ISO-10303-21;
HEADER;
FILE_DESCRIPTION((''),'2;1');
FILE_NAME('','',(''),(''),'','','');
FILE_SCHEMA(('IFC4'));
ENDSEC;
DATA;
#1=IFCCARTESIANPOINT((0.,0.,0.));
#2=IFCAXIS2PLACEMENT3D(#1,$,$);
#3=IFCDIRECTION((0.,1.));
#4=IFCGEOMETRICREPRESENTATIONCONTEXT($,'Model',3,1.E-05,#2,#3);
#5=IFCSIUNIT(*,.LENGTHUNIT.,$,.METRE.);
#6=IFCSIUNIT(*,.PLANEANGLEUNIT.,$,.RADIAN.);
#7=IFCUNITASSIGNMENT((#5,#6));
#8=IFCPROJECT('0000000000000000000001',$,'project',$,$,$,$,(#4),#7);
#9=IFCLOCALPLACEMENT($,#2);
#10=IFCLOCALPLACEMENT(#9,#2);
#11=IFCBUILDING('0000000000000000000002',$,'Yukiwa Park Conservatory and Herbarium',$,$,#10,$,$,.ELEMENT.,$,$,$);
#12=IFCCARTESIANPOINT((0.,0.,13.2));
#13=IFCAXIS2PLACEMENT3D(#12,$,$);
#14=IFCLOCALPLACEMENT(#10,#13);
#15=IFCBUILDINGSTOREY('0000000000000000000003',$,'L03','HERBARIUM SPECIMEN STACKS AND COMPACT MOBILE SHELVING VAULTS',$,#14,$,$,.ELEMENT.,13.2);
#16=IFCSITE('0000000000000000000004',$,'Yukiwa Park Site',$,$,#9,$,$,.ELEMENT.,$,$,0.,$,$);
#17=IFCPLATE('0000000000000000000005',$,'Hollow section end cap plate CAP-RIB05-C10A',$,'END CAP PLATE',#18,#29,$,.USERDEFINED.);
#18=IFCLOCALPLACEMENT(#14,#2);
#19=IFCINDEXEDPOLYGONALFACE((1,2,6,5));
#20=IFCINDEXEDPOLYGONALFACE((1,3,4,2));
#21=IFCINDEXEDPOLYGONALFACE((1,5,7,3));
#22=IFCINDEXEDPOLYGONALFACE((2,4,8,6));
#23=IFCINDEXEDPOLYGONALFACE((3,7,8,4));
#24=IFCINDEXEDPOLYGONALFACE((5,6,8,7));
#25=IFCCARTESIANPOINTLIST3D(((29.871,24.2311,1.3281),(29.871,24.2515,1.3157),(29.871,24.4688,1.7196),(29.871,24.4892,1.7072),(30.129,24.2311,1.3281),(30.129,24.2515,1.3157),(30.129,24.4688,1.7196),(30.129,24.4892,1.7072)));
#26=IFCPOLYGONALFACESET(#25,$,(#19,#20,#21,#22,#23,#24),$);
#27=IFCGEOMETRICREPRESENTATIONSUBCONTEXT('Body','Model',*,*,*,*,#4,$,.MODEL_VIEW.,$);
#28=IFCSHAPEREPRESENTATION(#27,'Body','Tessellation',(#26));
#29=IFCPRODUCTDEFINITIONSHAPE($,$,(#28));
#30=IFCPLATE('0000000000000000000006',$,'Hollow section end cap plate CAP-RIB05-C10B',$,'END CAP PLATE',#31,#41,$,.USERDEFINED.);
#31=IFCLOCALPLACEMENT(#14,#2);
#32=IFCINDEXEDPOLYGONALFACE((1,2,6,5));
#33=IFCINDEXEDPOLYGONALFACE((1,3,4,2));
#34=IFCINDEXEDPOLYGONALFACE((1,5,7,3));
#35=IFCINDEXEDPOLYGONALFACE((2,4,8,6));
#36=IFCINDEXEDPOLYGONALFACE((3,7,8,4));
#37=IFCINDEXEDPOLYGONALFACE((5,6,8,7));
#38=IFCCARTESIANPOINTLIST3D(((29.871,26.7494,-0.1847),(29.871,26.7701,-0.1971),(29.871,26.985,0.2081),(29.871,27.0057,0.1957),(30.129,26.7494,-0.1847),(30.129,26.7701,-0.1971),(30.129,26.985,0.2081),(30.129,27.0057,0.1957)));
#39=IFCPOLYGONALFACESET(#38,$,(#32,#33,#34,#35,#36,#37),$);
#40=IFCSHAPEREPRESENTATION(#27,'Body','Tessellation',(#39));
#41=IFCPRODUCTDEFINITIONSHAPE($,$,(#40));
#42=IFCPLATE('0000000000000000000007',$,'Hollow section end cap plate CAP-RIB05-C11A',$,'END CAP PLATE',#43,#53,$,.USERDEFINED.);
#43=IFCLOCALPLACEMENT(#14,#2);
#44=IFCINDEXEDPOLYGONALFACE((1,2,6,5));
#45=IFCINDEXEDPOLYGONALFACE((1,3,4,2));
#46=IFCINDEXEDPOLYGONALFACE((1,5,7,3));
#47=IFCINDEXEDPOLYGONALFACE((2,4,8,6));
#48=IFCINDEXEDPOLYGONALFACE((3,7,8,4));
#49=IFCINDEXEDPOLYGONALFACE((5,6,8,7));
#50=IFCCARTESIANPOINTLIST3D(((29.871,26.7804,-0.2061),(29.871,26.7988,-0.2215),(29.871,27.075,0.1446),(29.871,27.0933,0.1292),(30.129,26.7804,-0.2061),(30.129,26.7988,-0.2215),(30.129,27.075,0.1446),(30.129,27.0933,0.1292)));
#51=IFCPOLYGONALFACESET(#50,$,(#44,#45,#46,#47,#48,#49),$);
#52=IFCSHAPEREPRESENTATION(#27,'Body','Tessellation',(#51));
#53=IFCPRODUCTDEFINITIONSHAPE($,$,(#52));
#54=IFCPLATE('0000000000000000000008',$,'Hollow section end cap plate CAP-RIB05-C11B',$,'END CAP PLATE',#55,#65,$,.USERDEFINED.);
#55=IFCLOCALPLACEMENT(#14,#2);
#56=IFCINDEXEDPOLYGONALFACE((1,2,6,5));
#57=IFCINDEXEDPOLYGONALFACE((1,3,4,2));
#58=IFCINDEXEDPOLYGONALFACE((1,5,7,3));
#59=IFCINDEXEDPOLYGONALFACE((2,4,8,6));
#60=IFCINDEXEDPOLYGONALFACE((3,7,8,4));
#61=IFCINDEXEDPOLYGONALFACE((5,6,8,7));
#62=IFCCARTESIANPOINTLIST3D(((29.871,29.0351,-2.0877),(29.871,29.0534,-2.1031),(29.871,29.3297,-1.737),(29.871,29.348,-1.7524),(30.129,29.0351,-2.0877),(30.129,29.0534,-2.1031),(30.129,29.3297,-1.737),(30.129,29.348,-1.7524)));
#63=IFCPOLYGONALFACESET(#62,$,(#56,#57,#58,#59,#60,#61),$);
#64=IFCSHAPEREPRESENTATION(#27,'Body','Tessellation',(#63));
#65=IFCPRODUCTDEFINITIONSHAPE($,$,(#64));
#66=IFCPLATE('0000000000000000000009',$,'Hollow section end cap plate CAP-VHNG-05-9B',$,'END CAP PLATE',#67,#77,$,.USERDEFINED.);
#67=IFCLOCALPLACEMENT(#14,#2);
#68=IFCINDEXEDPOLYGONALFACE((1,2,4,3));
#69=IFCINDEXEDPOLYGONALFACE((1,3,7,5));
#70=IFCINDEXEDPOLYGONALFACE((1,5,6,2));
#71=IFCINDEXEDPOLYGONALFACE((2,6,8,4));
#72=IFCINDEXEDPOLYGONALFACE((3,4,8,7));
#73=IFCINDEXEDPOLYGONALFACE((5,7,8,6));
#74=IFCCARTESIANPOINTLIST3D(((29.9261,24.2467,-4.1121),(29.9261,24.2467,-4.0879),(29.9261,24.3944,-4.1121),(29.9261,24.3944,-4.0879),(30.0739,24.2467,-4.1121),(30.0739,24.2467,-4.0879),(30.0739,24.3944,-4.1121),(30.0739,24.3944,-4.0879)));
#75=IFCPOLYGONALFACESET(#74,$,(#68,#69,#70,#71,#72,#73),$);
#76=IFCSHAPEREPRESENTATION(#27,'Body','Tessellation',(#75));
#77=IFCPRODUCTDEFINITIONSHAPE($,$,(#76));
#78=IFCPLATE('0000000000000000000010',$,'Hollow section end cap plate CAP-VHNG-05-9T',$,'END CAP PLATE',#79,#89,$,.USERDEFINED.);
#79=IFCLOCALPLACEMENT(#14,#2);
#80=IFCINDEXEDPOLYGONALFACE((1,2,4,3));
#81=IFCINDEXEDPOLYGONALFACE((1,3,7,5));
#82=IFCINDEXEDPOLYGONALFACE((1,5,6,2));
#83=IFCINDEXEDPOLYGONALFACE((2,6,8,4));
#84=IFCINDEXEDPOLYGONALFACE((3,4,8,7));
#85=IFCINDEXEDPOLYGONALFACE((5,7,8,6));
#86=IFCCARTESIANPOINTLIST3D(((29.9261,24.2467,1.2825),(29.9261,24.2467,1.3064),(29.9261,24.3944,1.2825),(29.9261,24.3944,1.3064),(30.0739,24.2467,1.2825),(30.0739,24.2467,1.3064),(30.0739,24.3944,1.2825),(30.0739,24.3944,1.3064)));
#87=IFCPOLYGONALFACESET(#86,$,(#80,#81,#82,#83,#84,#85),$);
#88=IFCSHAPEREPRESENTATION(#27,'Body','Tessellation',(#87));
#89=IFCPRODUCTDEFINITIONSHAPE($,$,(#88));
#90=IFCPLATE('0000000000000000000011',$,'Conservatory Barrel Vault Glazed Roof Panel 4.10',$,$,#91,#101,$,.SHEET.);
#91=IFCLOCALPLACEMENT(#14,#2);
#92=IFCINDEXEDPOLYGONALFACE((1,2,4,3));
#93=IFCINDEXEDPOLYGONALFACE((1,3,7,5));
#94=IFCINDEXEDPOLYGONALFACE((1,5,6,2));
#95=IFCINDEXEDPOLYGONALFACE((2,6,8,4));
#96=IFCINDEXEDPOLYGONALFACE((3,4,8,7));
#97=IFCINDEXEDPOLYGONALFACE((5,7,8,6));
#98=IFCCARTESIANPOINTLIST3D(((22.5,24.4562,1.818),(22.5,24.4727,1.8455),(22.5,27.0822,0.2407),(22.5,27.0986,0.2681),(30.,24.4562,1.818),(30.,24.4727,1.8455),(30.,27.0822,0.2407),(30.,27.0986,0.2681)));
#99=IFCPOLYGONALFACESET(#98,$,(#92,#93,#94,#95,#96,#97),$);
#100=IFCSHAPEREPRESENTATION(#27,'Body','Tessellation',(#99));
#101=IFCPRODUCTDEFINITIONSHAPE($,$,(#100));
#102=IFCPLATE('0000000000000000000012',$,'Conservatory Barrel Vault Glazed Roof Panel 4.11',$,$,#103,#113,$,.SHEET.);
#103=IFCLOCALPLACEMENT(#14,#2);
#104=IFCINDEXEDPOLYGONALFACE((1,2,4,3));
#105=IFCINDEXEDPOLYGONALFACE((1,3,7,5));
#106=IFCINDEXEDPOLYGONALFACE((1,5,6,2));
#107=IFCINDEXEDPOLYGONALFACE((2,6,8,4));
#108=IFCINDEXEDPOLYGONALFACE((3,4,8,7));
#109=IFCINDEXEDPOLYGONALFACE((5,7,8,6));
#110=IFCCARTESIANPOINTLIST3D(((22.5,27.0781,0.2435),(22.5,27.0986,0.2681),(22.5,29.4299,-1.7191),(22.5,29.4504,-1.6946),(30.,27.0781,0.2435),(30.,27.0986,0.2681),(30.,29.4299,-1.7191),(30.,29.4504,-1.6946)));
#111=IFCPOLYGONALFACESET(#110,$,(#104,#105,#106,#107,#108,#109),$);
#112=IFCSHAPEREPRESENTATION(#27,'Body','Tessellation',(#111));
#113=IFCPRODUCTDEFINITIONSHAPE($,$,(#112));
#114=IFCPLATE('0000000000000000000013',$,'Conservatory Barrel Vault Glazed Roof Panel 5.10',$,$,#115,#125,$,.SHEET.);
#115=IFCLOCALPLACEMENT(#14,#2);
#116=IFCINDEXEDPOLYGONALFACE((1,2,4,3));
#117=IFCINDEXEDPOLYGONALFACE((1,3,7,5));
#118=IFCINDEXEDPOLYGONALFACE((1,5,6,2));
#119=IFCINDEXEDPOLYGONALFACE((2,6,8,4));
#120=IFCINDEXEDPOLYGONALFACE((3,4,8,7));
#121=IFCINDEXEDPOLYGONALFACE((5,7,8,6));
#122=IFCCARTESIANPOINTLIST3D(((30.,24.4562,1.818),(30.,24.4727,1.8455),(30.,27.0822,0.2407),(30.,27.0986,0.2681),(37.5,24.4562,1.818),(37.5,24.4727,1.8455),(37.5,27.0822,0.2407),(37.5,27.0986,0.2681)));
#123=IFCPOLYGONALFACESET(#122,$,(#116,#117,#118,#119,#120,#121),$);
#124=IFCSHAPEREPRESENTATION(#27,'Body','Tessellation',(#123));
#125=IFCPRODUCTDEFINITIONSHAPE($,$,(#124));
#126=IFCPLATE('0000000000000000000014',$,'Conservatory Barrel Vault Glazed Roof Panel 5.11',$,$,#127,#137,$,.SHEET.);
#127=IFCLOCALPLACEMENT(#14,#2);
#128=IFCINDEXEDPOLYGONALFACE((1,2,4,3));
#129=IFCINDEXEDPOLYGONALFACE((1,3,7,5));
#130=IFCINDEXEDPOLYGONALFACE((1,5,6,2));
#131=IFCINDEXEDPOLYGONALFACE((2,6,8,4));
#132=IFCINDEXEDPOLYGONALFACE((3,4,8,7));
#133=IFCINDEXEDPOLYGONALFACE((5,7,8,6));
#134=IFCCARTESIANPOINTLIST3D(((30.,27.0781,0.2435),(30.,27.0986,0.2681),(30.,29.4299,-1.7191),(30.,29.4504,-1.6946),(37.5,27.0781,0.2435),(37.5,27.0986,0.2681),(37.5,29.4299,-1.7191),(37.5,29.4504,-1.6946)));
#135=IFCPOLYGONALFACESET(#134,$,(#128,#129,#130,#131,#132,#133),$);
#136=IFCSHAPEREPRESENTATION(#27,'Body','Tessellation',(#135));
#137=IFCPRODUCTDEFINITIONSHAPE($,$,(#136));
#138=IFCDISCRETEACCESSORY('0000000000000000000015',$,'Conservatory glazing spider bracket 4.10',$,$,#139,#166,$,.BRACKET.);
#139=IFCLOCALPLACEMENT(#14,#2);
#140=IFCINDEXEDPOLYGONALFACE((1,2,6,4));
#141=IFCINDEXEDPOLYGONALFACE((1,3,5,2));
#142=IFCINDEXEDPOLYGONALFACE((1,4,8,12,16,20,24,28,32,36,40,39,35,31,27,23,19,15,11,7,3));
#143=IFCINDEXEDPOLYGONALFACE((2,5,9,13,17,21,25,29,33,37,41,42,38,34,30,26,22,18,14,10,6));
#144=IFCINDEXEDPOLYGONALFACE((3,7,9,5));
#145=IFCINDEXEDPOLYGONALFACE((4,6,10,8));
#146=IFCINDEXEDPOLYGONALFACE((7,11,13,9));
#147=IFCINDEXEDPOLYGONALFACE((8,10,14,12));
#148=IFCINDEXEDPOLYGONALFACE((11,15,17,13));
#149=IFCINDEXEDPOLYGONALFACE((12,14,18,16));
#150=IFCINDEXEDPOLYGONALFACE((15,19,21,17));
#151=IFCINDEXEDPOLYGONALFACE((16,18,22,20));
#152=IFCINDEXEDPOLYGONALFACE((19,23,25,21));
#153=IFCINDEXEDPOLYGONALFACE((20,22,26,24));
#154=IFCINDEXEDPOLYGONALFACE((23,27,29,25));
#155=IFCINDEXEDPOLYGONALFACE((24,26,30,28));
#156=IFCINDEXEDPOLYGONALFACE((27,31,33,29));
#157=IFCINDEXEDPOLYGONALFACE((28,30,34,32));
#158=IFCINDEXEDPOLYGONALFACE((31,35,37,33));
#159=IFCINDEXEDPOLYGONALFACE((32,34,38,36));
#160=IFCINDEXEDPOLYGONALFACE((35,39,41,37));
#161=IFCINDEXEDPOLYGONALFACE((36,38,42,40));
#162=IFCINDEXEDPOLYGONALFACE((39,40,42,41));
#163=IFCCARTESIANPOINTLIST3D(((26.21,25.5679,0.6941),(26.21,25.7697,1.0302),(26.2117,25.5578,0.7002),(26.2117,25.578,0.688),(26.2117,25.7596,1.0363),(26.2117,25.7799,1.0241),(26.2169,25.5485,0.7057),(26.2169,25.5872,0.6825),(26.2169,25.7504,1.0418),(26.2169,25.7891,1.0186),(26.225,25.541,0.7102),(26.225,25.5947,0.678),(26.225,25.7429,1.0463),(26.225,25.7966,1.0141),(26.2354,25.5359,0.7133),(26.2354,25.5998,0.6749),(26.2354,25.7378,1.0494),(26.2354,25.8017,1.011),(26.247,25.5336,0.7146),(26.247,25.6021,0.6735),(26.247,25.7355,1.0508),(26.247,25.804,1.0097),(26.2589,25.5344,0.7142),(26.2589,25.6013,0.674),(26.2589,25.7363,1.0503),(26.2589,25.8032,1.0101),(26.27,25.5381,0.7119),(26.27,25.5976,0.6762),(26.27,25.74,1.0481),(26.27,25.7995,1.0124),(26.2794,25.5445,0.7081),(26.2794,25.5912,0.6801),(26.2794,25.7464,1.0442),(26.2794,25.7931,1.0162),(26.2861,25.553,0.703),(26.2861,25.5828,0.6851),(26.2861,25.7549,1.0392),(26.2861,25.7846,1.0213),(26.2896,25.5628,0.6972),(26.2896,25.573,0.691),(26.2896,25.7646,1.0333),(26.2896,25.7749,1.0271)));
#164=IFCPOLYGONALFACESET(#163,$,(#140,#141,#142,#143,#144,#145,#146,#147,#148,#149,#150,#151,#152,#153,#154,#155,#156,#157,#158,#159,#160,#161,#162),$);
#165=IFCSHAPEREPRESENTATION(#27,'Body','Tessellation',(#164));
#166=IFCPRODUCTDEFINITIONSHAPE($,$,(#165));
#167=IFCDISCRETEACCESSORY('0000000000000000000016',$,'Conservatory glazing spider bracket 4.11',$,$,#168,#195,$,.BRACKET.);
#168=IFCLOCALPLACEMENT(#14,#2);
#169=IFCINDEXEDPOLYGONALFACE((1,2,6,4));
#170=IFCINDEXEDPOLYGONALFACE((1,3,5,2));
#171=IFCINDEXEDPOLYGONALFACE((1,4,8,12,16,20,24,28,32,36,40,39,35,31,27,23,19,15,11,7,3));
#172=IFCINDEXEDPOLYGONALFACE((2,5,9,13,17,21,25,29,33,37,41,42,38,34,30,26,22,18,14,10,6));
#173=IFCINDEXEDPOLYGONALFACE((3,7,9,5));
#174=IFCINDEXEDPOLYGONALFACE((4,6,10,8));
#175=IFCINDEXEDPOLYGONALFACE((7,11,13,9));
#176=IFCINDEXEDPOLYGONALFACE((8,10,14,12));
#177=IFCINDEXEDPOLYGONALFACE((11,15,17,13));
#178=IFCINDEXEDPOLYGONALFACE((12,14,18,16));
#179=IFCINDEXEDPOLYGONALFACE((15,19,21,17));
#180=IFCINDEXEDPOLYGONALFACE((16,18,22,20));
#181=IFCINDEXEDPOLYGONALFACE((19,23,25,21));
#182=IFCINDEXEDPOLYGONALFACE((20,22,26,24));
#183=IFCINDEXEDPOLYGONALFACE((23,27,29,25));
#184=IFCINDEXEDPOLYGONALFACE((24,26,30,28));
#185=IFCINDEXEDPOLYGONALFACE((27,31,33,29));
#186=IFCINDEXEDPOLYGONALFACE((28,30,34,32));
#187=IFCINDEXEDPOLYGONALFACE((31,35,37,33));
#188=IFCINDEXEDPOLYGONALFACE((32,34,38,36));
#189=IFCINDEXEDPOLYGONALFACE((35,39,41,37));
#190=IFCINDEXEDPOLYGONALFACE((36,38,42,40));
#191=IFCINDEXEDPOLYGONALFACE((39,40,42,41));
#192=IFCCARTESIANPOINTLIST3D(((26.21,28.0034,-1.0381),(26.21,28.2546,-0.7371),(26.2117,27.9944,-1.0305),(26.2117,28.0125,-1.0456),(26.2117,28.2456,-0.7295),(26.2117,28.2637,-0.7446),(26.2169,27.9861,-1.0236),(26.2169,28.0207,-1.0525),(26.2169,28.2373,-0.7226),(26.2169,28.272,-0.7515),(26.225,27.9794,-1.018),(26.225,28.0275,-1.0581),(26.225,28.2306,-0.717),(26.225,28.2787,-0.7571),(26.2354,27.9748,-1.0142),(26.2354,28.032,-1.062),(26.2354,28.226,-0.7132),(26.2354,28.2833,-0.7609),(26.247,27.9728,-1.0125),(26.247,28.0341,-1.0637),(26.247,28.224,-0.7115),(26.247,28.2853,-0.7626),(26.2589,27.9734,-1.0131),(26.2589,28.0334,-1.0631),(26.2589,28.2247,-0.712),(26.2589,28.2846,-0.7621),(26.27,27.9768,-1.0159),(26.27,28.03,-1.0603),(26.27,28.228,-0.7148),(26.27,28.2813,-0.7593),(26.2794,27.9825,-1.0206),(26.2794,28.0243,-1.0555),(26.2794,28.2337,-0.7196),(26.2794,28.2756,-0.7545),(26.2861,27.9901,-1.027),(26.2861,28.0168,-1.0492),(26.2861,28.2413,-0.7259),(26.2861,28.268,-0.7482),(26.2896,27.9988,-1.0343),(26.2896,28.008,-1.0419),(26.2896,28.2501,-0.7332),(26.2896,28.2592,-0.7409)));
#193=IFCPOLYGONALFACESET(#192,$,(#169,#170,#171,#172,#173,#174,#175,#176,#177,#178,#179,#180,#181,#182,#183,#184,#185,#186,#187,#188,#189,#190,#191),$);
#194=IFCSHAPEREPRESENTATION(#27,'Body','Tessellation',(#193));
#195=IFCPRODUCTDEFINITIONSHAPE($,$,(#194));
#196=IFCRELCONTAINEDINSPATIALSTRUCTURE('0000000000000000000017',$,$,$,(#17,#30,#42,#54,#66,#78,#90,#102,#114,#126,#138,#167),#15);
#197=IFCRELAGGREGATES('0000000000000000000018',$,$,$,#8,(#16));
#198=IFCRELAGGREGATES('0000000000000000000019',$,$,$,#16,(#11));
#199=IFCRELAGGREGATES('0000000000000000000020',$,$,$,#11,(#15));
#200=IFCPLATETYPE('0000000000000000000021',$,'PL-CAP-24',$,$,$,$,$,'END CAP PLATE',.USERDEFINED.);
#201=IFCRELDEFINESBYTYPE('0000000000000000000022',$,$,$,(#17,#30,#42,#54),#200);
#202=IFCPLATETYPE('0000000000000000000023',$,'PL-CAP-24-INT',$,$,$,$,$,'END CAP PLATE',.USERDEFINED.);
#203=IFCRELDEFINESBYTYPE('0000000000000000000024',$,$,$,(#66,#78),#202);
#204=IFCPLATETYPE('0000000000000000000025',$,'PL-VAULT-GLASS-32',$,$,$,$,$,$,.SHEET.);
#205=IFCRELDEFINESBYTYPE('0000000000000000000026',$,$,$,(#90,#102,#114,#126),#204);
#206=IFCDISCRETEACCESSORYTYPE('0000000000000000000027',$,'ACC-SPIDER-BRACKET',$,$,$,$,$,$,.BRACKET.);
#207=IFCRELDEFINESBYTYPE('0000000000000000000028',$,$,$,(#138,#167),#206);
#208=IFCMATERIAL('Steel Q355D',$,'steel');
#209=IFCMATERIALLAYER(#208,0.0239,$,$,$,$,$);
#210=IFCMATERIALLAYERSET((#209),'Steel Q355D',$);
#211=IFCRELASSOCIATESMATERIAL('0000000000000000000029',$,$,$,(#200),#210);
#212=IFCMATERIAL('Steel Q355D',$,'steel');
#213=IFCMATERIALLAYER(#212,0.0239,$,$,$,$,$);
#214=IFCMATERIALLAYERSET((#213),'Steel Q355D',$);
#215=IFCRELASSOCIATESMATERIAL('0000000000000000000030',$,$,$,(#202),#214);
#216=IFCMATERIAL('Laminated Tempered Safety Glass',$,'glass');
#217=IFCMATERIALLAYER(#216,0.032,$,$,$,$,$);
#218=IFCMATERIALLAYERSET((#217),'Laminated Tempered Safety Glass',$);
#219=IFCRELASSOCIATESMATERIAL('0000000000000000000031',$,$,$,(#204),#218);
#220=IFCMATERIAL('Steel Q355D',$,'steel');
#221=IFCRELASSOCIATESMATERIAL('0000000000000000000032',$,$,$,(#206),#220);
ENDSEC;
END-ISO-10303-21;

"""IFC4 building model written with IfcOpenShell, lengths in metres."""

from ifc_helpers import new_model, si_unit, direction, frame, origin, origin_2d, place, context, subcontext, project, spatial, polyline, rectangle, circle, outline, extrude, material, layer, layer_set, type_object, element, save


model = new_model("IFC4")

# Units and contexts
model_context = context("Model", 3, precision=1e-05, world=origin(), true_north=direction((0.0, 1.0)))
body_context = subcontext(model_context, "Body", "Model", "MODEL_VIEW")
ifc_project = project(units=[si_unit("LENGTHUNIT", "METRE"), si_unit("PLANEANGLEUNIT", "RADIAN")], contexts=[model_context])

# Site, building, storey
site_placement = place(None, origin())
site = spatial("IfcSite", under=ifc_project, at=site_placement, Name="Yukiwa Park Site", CompositionType="ELEMENT", RefElevation=0.0)
building_placement = place(site_placement, origin())
building = spatial("IfcBuilding", under=site, at=building_placement, Name="Yukiwa Park Conservatory and Herbarium", CompositionType="ELEMENT")
storey_placement = place(building_placement, frame((0.0, 0.0, 13.2)))
storey = spatial("IfcBuildingStorey", under=building, at=storey_placement, Name="L03", Description="HERBARIUM SPECIMEN STACKS AND COMPACT MOBILE SHELVING VAULTS", CompositionType="ELEMENT", Elevation=13.2)

# Plates
ifc_material_1 = material(Name="Steel Q355D", Category="steel")
ifc_layer_1 = layer(ifc_material_1, 0.0239)
ifc_layer_set_1 = layer_set([ifc_layer_1], Name="Steel Q355D")
plate_type_1 = type_object("IfcPlateType", Name="PL-CAP-24", ElementType="END CAP PLATE", PredefinedType="USERDEFINED", material=ifc_layer_set_1)
for number, where, z_axis, x_axis, name in (
    (1, (30.0, 24.3704, 1.5115), (0.0, -0.854788, 0.518978), (1.0, 0.0, 0.0), "Hollow section end cap plate CAP-RIB05-C10A"),
):
    element("IfcPlate", number, at=place(storey_placement, frame(where, z_axis=z_axis, x_axis=x_axis)), inside=storey, type_object=plate_type_1, Name=name, ObjectType="END CAP PLATE", PredefinedType="USERDEFINED", context=body_context, shape_type="SweptSolid", body=[
        extrude(rectangle(XDim=0.2581, YDim=0.458, at=origin_2d()), origin(), (0.0, 0.0, 1.0), 0.0239),
    ])
plate_1_placement = place(storey_placement, frame((30.0, 26.8672, 0.0117), z_axis=(0.0, 0.857493, -0.514496), x_axis=(-1.0, 0.0, 0.0)))
element("IfcPlate", 2, at=plate_1_placement, inside=storey, type_object=plate_type_1, Name="Hollow section end cap plate CAP-RIB05-C10B", ObjectType="END CAP PLATE", PredefinedType="USERDEFINED", context=body_context, shape_type="SweptSolid", body=[
    extrude(rectangle(XDim=0.2581, YDim=0.458, at=origin_2d()), origin(), (0.0, 0.0, 1.0), 0.0242),
])
for number, where, z_axis, x_axis, name in (
    (3, (30.0, 26.946, -0.0461), (0.0, -0.765705, 0.643192), (1.0, 0.0, 0.0), "Hollow section end cap plate CAP-RIB05-C11A"),
    (4, (30.0, 29.1824, -1.9124), (0.0, 0.765705, -0.643192), (-1.0, 0.0, 0.0), "Hollow section end cap plate CAP-RIB05-C11B"),
):
    element("IfcPlate", number, at=place(storey_placement, frame(where, z_axis=z_axis, x_axis=x_axis)), inside=storey, type_object=plate_type_1, Name=name, ObjectType="END CAP PLATE", PredefinedType="USERDEFINED", context=body_context, shape_type="SweptSolid", body=[
        extrude(rectangle(XDim=0.2581, YDim=0.458, at=origin_2d()), origin(), (0.0, 0.0, 1.0), 0.0239),
    ])
ifc_material_2 = material(Name="Steel Q355D", Category="steel")
ifc_layer_2 = layer(ifc_material_2, 0.0239)
ifc_layer_set_2 = layer_set([ifc_layer_2], Name="Steel Q355D")
plate_type_2 = type_object("IfcPlateType", Name="PL-CAP-24-INT", ElementType="END CAP PLATE", PredefinedType="USERDEFINED", material=ifc_layer_set_2)
plate_2_placement = place(storey_placement, frame((30.0, 24.3206, -4.0879), z_axis=(0.0, 0.0, -1.0), x_axis=(1.0, 0.0, 0.0)))
element("IfcPlate", 5, at=plate_2_placement, inside=storey, type_object=plate_type_2, Name="Hollow section end cap plate CAP-VHNG-05-9B", ObjectType="END CAP PLATE", PredefinedType="USERDEFINED", context=body_context, shape_type="SweptSolid", body=[
    extrude(rectangle(XDim=0.1477, YDim=0.1477, at=origin_2d()), origin(), (0.0, 0.0, 1.0), 0.0242),
])
plate_3_placement = place(storey_placement, frame((30.0, 24.3206, 1.2825), z_axis=(0.0, 0.0, 1.0), x_axis=(1.0, 0.0, 0.0)))
element("IfcPlate", 6, at=plate_3_placement, inside=storey, type_object=plate_type_2, Name="Hollow section end cap plate CAP-VHNG-05-9T", ObjectType="END CAP PLATE", PredefinedType="USERDEFINED", context=body_context, shape_type="SweptSolid", body=[
    extrude(rectangle(XDim=0.1477, YDim=0.1477, at=origin_2d()), origin(), (0.0, 0.0, 1.0), 0.0239),
])
ifc_material_3 = material(Name="Laminated Tempered Safety Glass", Category="glass")
ifc_layer_3 = layer(ifc_material_3, 0.032)
ifc_layer_set_3 = layer_set([ifc_layer_3], Name="Laminated Tempered Safety Glass")
plate_type_3 = type_object("IfcPlateType", Name="PL-VAULT-GLASS-32", PredefinedType="SHEET", material=ifc_layer_set_3)
plate_4_placement = place(storey_placement, frame((22.5, 24.4727, 1.8455), z_axis=(0.0, 0.514929, 0.857233), x_axis=(1.0, 0.0, 0.0)))
element("IfcPlate", 7, at=plate_4_placement, inside=storey, type_object=plate_type_3, Name="Conservatory Barrel Vault Glazed Roof Panel 4.10", PredefinedType="SHEET", context=body_context, shape_type="SweptSolid", body=[
    extrude(outline(polyline([(0.0, 0.0), (7.5, 0.0), (7.5, 3.0633), (0.0, 3.0633), (0.0, 0.0)])), origin(), (0.0, 0.0, -1.0), 0.032),
])
plate_5_placement = place(storey_placement, frame((22.5, 27.0986, 0.2681), z_axis=(0.0, 0.640725, 0.76777), x_axis=(1.0, 0.0, 0.0)))
element("IfcPlate", 8, at=plate_5_placement, inside=storey, type_object=plate_type_3, Name="Conservatory Barrel Vault Glazed Roof Panel 4.11", PredefinedType="SHEET", context=body_context, shape_type="SweptSolid", body=[
    extrude(outline(polyline([(0.0, 0.0), (7.5, 0.0), (7.5, 3.0632), (0.0, 3.0632), (0.0, 0.0)])), origin(), (0.0, 0.0, -1.0), 0.032),
])
plate_6_placement = place(storey_placement, frame((30.0, 24.4727, 1.8455), z_axis=(0.0, 0.514929, 0.857233), x_axis=(1.0, 0.0, 0.0)))
element("IfcPlate", 9, at=plate_6_placement, inside=storey, type_object=plate_type_3, Name="Conservatory Barrel Vault Glazed Roof Panel 5.10", PredefinedType="SHEET", context=body_context, shape_type="SweptSolid", body=[
    extrude(outline(polyline([(0.0, 0.0), (7.5, 0.0), (7.5, 3.0633), (0.0, 3.0633), (0.0, 0.0)])), origin(), (0.0, 0.0, -1.0), 0.032),
])
plate_7_placement = place(storey_placement, frame((30.0, 27.0986, 0.2681), z_axis=(0.0, 0.640725, 0.76777), x_axis=(1.0, 0.0, 0.0)))
element("IfcPlate", 10, at=plate_7_placement, inside=storey, type_object=plate_type_3, Name="Conservatory Barrel Vault Glazed Roof Panel 5.11", PredefinedType="SHEET", context=body_context, shape_type="SweptSolid", body=[
    extrude(outline(polyline([(0.0, 0.0), (7.5, 0.0), (7.5, 3.0632), (0.0, 3.0632), (0.0, 0.0)])), origin(), (0.0, 0.0, -1.0), 0.032),
])

# Discrete accessories
ifc_material_4 = material(Name="Steel Q355D", Category="steel")
discrete_accessory_type = type_object("IfcDiscreteAccessoryType", Name="ACC-SPIDER-BRACKET", PredefinedType="BRACKET", material=ifc_material_4)
for number, where, z_axis, x_axis, name in (
    (11, (26.25, 25.5679, 0.6941), (0.0, 0.514862, 0.857273), (-1.0, 0.0, 0.0), "Conservatory glazing spider bracket 4.10"),
    (12, (26.25, 28.0034, -1.0381), (0.0, 0.640735, 0.767762), (-1.0, 0.0, 0.0), "Conservatory glazing spider bracket 4.11"),
):
    element("IfcDiscreteAccessory", number, at=place(storey_placement, frame(where, z_axis=z_axis, x_axis=x_axis)), inside=storey, type_object=discrete_accessory_type, Name=name, PredefinedType="BRACKET", context=body_context, shape_type="SweptSolid", body=[
        extrude(circle(Radius=0.04, at=origin_2d()), origin(), (0.0, 0.0, 1.0), 0.3921),
    ])

save(model, "model.ifc")
